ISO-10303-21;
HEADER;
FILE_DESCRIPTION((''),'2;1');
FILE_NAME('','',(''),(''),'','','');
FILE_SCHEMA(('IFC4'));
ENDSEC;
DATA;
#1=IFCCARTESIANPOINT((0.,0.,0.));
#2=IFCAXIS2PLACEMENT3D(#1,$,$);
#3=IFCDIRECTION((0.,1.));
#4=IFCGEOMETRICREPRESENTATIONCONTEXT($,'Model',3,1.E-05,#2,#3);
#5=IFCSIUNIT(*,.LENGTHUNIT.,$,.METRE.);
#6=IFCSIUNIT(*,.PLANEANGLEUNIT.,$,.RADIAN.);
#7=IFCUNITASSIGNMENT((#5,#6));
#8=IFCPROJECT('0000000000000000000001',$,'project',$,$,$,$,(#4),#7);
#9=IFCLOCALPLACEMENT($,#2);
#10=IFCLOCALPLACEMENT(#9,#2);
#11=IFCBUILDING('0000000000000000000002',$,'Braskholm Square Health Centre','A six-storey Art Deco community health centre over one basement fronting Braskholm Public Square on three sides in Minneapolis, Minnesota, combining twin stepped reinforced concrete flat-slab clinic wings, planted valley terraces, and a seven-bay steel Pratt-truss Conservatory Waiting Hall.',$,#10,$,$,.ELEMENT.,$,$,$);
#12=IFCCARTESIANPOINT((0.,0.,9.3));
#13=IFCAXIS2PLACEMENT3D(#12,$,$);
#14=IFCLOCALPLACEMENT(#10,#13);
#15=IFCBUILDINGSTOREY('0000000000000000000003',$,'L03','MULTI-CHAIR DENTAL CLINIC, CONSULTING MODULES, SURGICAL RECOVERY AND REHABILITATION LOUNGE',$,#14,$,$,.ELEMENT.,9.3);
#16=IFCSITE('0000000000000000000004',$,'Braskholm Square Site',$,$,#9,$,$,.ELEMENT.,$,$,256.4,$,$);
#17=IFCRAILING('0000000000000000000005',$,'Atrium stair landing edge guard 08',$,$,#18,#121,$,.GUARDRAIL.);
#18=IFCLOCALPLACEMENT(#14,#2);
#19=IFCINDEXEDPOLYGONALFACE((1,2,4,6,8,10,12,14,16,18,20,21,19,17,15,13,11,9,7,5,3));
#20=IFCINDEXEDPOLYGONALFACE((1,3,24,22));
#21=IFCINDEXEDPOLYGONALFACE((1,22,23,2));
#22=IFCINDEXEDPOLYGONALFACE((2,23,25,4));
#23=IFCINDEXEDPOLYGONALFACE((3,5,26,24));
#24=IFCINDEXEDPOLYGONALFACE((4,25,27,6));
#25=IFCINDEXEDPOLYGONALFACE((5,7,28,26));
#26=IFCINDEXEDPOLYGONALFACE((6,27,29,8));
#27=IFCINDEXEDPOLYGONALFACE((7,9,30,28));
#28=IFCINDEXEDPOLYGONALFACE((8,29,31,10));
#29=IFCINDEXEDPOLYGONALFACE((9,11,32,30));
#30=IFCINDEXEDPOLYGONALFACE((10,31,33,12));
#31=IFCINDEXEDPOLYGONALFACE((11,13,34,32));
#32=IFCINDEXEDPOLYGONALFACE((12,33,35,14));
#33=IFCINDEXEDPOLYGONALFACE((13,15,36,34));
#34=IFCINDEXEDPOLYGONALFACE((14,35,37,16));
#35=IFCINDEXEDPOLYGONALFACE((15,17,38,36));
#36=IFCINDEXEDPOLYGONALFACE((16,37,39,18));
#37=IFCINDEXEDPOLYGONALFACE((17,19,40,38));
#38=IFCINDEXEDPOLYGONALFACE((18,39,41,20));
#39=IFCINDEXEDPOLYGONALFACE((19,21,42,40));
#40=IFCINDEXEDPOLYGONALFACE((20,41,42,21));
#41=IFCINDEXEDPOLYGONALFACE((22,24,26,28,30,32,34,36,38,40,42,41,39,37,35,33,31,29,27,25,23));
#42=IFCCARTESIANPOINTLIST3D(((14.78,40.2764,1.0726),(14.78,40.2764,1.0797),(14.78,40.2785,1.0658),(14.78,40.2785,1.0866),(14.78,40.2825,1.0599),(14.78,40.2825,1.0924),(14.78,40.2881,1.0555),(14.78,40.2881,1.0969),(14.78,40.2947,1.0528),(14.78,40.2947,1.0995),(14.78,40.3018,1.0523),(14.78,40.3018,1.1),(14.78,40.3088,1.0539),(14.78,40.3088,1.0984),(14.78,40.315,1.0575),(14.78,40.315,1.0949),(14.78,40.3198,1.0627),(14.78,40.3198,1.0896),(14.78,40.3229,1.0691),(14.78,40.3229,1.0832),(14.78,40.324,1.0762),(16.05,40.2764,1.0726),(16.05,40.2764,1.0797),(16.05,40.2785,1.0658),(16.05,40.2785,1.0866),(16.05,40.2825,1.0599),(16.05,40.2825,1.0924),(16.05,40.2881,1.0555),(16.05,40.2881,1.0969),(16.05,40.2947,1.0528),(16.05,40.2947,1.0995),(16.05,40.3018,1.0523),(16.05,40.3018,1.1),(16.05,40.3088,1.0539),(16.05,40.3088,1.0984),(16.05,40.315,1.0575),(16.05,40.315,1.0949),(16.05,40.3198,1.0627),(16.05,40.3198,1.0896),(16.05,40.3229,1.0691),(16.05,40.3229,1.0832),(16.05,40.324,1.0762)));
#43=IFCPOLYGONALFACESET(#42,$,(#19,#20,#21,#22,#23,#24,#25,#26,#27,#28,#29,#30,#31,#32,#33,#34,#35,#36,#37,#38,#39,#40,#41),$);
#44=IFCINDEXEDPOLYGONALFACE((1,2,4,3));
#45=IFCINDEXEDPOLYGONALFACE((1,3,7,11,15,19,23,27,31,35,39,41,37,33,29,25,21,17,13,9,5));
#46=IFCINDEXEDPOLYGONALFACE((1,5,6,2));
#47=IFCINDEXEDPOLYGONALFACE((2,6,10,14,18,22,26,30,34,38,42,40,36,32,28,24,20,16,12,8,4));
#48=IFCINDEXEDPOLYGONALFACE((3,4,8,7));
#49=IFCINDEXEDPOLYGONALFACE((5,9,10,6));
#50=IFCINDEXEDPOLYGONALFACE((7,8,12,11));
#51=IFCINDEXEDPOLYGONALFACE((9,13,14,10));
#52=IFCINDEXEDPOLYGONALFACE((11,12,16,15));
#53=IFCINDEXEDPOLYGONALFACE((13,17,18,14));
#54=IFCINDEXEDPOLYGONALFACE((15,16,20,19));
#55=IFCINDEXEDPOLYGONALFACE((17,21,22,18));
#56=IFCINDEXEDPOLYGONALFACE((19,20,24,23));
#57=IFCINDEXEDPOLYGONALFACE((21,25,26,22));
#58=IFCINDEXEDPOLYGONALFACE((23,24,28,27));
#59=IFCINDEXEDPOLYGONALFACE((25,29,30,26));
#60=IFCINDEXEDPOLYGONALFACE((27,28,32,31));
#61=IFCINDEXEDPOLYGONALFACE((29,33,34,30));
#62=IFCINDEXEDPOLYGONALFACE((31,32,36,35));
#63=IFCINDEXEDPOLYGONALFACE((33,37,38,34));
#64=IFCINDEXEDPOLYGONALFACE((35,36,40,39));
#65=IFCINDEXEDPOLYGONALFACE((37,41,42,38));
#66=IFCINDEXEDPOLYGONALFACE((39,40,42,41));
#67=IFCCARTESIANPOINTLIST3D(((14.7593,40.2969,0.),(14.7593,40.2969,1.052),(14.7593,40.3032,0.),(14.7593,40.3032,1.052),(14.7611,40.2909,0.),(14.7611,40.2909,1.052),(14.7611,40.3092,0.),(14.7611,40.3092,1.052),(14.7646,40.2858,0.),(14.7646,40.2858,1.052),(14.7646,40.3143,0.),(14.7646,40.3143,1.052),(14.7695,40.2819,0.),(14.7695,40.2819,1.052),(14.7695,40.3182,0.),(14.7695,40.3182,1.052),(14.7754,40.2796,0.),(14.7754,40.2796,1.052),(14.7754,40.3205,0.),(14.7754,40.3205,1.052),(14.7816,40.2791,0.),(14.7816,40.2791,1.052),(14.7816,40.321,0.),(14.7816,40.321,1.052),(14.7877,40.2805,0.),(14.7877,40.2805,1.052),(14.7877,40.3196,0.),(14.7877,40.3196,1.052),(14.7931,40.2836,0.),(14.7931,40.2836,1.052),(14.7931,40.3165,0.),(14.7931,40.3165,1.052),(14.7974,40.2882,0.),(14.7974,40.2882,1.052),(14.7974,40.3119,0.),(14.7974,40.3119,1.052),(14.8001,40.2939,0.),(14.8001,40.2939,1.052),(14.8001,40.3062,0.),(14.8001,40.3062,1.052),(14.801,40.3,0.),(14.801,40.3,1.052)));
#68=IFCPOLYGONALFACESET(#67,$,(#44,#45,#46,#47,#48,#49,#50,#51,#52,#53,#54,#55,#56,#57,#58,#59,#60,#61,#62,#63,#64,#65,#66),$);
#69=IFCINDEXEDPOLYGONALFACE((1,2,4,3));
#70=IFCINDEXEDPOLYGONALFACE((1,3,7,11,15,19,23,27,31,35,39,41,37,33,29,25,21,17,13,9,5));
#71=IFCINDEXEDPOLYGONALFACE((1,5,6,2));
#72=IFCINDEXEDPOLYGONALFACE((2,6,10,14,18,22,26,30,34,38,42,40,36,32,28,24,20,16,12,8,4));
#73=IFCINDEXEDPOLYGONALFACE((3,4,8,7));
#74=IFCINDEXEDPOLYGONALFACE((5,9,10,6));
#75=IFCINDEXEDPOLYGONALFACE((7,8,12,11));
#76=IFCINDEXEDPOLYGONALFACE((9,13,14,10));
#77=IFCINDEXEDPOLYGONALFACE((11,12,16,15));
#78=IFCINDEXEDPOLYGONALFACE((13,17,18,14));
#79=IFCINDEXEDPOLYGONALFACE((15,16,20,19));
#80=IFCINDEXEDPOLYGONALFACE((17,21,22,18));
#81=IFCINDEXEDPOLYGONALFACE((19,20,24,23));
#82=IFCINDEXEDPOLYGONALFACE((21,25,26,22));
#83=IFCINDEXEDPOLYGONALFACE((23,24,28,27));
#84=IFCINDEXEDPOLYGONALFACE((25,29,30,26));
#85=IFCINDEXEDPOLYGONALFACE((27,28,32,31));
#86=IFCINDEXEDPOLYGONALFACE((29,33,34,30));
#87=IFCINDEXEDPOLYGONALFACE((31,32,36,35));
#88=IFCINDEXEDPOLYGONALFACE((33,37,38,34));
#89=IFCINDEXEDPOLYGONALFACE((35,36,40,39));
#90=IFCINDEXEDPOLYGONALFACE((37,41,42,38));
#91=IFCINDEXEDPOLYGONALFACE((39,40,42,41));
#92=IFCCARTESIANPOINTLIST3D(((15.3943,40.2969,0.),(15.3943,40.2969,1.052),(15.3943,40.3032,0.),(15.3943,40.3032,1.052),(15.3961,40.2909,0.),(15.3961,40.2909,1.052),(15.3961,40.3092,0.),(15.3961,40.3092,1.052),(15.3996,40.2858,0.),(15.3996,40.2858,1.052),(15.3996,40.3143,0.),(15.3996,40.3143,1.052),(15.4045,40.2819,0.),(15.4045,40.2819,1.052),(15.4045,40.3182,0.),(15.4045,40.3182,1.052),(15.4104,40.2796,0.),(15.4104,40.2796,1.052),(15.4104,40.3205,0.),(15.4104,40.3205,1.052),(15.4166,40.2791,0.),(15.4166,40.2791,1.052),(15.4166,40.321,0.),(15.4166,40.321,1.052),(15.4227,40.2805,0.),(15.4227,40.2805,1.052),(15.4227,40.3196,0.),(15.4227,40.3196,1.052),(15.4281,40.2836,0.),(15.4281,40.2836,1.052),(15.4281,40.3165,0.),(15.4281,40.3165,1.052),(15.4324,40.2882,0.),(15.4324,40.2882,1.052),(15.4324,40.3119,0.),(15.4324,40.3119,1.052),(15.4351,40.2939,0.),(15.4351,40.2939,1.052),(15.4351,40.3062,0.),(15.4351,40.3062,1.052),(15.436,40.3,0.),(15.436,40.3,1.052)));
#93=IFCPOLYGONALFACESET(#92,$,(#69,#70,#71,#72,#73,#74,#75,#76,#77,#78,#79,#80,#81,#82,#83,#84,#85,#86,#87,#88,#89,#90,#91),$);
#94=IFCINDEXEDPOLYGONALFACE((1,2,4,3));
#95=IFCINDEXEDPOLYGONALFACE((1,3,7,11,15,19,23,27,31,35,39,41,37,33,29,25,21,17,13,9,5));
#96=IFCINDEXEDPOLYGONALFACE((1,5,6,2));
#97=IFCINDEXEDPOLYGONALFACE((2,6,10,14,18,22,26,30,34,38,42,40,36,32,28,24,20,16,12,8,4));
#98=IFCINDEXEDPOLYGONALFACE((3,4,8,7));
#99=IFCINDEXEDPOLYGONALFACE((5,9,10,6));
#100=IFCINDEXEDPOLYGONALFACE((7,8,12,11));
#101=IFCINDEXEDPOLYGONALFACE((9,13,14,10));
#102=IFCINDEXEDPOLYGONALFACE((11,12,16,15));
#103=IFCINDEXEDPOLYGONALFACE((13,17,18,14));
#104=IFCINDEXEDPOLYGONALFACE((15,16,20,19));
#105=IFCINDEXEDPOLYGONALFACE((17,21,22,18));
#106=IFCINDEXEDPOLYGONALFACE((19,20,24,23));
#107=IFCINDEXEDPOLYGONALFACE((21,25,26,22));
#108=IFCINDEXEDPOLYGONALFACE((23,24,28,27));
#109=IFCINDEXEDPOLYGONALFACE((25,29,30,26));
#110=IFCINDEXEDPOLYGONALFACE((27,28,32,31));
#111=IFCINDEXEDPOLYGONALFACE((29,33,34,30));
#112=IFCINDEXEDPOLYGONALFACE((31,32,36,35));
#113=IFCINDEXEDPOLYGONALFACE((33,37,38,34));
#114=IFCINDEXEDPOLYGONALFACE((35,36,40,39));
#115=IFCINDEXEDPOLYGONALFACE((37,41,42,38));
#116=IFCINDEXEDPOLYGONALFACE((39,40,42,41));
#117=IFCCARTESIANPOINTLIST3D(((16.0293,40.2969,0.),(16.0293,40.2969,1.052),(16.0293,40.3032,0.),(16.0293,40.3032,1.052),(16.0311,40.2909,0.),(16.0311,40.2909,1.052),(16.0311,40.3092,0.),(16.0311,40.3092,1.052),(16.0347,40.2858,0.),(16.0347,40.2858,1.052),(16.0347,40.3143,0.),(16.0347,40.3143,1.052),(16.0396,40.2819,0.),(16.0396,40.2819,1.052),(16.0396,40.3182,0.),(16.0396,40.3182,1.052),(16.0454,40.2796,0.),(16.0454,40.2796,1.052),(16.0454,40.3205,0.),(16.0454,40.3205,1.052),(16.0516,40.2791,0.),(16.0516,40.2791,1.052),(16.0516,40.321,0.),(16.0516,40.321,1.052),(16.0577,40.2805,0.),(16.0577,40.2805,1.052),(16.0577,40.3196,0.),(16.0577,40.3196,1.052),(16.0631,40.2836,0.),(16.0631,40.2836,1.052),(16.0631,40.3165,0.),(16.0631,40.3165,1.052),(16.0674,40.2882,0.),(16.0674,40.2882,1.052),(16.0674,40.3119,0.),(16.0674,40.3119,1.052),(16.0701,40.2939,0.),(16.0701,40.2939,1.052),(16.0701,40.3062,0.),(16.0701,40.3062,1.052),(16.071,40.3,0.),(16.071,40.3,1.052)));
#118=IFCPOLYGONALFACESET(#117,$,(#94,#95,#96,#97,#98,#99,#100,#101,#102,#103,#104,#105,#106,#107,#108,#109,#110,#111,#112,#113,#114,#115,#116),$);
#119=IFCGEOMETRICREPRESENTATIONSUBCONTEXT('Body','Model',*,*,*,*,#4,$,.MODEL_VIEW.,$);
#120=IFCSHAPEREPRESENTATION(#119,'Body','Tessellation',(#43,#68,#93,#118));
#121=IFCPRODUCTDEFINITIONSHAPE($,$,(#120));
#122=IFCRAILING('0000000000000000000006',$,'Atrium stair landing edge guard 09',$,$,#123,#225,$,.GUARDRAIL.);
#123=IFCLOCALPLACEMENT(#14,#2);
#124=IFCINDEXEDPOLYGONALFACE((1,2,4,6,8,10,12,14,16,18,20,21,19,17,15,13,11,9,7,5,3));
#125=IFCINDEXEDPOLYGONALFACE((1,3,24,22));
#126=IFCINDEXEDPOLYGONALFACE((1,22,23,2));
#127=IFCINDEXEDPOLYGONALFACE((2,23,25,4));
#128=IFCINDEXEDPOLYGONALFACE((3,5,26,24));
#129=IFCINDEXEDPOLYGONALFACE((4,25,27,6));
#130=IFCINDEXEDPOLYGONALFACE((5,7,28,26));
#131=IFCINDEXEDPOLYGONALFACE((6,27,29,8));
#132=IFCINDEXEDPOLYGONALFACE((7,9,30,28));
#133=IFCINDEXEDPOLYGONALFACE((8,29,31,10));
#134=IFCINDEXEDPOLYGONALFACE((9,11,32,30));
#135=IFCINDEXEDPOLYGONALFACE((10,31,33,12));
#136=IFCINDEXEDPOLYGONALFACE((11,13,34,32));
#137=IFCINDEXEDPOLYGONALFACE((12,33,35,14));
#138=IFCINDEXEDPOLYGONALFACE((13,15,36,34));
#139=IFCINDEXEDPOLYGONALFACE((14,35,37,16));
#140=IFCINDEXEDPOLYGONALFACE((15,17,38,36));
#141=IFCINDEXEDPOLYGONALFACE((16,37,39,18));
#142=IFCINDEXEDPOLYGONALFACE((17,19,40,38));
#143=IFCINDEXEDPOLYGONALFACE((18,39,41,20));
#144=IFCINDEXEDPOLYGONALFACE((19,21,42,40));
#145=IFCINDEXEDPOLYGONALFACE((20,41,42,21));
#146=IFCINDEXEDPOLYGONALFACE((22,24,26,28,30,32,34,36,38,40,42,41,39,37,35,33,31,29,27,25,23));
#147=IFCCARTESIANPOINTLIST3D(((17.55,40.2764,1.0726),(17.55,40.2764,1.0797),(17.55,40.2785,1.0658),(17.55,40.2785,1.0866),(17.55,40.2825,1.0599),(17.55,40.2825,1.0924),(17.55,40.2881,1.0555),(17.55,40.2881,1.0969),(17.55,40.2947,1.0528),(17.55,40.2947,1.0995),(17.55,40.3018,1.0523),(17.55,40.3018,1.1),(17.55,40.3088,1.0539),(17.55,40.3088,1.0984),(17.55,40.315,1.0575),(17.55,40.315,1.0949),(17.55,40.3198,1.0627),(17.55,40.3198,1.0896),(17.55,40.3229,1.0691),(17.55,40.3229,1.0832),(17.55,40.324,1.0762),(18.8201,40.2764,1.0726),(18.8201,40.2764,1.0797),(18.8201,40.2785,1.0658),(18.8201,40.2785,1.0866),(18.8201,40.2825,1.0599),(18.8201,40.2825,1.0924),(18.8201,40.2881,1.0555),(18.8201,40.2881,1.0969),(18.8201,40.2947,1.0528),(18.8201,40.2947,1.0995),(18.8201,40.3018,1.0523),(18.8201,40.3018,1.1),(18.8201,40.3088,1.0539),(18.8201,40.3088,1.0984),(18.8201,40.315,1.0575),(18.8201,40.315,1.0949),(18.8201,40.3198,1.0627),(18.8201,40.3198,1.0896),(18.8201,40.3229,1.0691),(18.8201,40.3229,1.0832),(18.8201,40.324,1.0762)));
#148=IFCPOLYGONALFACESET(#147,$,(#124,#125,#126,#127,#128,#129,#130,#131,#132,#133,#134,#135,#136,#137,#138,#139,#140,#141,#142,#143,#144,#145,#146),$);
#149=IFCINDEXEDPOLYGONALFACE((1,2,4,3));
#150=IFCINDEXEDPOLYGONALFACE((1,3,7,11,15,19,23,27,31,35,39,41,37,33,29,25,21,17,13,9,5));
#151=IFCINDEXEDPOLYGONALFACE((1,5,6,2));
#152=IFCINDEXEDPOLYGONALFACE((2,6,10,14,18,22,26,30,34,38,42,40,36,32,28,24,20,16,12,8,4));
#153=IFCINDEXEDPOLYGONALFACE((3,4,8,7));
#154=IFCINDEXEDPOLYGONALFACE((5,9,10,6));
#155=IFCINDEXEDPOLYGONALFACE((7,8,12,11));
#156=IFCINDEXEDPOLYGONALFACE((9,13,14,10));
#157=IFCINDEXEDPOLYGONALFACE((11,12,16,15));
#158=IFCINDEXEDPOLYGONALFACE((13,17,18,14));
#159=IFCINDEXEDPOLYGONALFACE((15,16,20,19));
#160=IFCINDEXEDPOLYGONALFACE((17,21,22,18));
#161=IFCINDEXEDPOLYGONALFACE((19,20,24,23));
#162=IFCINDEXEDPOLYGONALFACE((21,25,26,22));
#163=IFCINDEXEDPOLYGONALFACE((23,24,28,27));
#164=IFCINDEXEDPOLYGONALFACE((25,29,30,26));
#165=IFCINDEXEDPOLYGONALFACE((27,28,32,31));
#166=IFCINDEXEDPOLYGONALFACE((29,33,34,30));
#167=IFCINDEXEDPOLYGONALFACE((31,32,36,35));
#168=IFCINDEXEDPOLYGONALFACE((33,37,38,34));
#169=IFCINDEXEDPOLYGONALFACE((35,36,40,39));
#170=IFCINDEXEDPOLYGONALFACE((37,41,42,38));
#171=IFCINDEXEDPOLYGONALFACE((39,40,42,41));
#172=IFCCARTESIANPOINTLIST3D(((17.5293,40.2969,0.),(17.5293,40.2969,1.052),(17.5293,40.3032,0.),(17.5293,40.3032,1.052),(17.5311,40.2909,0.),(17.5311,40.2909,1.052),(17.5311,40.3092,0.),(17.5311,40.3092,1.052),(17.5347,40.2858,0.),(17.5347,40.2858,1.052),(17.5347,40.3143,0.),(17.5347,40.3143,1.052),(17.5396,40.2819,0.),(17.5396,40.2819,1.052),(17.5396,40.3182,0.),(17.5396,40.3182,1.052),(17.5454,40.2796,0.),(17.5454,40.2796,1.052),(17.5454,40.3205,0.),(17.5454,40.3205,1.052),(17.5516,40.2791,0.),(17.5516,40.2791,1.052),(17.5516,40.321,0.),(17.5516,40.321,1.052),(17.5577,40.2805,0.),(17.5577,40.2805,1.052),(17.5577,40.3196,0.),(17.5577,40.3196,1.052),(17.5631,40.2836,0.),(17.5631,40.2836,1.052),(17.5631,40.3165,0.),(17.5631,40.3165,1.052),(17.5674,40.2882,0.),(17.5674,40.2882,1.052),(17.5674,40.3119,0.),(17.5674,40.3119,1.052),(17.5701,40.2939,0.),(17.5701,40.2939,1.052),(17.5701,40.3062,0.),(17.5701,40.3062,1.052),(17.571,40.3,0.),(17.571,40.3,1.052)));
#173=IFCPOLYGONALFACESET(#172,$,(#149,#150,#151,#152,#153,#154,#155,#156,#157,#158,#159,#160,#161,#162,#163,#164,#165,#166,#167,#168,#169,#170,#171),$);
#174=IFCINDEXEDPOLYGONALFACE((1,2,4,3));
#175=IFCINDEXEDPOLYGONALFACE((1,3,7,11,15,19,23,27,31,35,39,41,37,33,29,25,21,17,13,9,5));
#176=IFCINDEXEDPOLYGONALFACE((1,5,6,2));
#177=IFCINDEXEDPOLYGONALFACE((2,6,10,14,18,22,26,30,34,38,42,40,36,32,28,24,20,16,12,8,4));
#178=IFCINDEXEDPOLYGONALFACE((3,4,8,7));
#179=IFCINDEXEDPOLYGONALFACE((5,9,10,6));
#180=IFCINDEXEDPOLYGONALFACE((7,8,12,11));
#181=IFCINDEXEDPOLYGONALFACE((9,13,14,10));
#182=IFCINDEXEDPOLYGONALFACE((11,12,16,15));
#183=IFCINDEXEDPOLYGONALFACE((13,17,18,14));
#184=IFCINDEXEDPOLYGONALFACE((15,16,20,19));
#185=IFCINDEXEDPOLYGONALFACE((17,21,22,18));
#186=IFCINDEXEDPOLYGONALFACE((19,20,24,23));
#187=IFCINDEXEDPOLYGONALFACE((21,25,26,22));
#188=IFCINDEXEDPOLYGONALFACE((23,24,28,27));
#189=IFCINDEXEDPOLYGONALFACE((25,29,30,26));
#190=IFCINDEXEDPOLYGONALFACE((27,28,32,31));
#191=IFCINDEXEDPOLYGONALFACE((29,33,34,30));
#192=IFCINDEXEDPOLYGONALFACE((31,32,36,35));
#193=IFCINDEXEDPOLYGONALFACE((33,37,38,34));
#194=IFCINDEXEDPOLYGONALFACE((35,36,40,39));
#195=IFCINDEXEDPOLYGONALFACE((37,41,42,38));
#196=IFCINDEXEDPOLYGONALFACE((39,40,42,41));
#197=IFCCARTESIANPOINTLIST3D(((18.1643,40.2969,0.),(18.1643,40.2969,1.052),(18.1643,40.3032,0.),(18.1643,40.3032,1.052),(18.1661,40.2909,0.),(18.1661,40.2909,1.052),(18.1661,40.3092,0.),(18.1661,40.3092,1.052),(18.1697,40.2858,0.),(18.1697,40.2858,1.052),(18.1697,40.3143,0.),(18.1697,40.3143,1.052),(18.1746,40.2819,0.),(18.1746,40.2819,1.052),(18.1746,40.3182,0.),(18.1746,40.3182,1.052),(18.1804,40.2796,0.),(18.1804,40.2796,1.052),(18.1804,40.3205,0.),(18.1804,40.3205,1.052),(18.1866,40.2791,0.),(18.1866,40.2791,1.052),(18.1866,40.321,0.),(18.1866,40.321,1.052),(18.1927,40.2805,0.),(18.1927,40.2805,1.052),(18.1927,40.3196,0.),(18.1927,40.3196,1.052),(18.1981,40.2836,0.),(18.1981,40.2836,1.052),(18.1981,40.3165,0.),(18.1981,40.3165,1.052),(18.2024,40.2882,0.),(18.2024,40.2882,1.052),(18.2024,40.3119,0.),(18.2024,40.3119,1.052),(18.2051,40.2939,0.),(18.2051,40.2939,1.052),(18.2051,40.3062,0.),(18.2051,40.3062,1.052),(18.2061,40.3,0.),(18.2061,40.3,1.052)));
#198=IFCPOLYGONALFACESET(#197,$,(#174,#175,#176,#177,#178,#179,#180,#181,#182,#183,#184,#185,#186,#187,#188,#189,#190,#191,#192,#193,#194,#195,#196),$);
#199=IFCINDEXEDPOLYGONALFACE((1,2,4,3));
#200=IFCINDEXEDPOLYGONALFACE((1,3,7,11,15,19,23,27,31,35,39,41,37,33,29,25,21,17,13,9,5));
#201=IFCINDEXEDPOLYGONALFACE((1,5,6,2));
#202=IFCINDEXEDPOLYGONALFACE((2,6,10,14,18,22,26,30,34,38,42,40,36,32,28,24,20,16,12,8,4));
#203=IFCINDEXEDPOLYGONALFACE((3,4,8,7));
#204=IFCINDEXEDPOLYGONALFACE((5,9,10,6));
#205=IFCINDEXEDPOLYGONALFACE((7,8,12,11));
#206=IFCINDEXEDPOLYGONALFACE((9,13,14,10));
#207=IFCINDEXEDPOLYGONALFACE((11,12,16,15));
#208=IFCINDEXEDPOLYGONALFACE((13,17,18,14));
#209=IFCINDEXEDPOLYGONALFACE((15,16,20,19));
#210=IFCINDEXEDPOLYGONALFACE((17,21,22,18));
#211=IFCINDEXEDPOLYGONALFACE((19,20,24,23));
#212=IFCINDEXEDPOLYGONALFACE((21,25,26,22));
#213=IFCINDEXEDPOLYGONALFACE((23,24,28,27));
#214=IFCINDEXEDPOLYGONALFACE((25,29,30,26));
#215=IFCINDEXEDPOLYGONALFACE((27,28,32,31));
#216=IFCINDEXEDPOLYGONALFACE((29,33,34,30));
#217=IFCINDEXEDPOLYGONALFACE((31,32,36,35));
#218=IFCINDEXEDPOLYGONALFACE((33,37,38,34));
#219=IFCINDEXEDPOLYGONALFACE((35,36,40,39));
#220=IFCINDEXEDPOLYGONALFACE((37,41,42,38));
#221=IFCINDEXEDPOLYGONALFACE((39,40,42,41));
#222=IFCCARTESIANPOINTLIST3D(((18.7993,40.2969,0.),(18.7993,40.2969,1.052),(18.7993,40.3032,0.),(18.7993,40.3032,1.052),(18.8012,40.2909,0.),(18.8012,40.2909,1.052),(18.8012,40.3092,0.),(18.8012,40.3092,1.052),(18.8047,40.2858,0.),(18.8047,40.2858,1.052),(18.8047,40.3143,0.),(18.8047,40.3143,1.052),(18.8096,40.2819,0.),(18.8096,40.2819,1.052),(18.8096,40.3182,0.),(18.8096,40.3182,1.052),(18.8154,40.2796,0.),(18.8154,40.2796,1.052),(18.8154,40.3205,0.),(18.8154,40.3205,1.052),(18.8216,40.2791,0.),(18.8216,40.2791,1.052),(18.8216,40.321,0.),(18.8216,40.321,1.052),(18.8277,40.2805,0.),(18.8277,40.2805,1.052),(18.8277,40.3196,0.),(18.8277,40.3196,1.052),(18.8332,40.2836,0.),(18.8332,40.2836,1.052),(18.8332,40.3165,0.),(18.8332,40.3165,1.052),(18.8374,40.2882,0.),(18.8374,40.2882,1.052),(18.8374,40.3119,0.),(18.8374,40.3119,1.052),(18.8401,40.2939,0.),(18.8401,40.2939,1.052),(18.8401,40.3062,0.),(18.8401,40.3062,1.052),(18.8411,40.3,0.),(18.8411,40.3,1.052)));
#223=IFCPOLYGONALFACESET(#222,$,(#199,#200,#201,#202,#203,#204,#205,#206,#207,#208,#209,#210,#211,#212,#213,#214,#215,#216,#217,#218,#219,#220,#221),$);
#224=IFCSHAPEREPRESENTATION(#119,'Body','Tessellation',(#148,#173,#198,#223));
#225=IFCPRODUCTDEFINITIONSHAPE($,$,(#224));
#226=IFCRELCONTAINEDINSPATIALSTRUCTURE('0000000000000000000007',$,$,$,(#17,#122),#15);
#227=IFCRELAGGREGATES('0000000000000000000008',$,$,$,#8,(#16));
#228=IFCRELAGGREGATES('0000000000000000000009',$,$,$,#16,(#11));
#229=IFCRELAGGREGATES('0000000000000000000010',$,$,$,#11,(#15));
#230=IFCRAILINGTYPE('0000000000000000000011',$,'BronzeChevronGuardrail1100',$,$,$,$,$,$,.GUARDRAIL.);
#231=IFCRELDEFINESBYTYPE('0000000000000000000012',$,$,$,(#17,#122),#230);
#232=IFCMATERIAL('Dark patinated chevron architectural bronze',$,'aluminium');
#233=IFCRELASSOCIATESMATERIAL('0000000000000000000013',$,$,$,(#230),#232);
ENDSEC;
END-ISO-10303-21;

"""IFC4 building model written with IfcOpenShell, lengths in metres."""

from ifc_helpers import new_model, si_unit, direction, frame, origin, origin_2d, place, context, subcontext, project, spatial, circle, extrude, material, type_object, element, save


model = new_model("IFC4")

# Units and contexts
model_context = context("Model", 3, precision=1e-05, world=origin(), true_north=direction((0.0, 1.0)))
body_context = subcontext(model_context, "Body", "Model", "MODEL_VIEW")
ifc_project = project(units=[si_unit("LENGTHUNIT", "METRE"), si_unit("PLANEANGLEUNIT", "RADIAN")], contexts=[model_context])

# Site, building, storey
site_placement = place(None, origin())
site = spatial("IfcSite", under=ifc_project, at=site_placement, Name="Braskholm Square Site", CompositionType="ELEMENT", RefElevation=256.4)
building_placement = place(site_placement, origin())
building = spatial("IfcBuilding", under=site, at=building_placement, Name="Braskholm Square Health Centre", Description="A six-storey Art Deco community health centre over one basement fronting Braskholm Public Square on three sides in Minneapolis, Minnesota, combining twin stepped reinforced concrete flat-slab clinic wings, planted valley terraces, and a seven-bay steel Pratt-truss Conservatory Waiting Hall.", CompositionType="ELEMENT")
storey_placement = place(building_placement, frame((0.0, 0.0, 9.3)))
storey = spatial("IfcBuildingStorey", under=building, at=storey_placement, Name="L03", Description="MULTI-CHAIR DENTAL CLINIC, CONSULTING MODULES, SURGICAL RECOVERY AND REHABILITATION LOUNGE", CompositionType="ELEMENT", Elevation=9.3)

# Railings
ifc_material_1 = material(Name="Dark patinated chevron architectural bronze", Category="aluminium")
railing_type = type_object("IfcRailingType", Name="BronzeChevronGuardrail1100", PredefinedType="GUARDRAIL", material=ifc_material_1)
for number, where, name in (
    (1, (14.78, 40.3, 0.0), "Atrium stair landing edge guard 08"),
    (2, (17.55, 40.3, 0.0), "Atrium stair landing edge guard 09"),
):
    element("IfcRailing", number, at=place(storey_placement, frame(where)), inside=storey, type_object=railing_type, Name=name, PredefinedType="GUARDRAIL", context=body_context, shape_type="SweptSolid", body=[
        extrude(circle(Radius=0.0239, at=origin_2d()), frame((0.0, 0.0, 1.0762), z_axis=(1.0, 0.0, 0.0), x_axis=(0.0, 1.0, 0.0)), (0.0, 0.0, 1.0), 1.27),
        extrude(circle(Radius=0.021, at=origin_2d()), origin(), (0.0, 0.0, 1.0), 1.052),
        extrude(circle(Radius=0.021, at=origin_2d()), frame((0.635, 0.0, 0.0)), (0.0, 0.0, 1.0), 1.052),
        extrude(circle(Radius=0.021, at=origin_2d()), frame((1.27, 0.0, 0.0)), (0.0, 0.0, 1.0), 1.052),
    ])

save(model, "model.ifc")
